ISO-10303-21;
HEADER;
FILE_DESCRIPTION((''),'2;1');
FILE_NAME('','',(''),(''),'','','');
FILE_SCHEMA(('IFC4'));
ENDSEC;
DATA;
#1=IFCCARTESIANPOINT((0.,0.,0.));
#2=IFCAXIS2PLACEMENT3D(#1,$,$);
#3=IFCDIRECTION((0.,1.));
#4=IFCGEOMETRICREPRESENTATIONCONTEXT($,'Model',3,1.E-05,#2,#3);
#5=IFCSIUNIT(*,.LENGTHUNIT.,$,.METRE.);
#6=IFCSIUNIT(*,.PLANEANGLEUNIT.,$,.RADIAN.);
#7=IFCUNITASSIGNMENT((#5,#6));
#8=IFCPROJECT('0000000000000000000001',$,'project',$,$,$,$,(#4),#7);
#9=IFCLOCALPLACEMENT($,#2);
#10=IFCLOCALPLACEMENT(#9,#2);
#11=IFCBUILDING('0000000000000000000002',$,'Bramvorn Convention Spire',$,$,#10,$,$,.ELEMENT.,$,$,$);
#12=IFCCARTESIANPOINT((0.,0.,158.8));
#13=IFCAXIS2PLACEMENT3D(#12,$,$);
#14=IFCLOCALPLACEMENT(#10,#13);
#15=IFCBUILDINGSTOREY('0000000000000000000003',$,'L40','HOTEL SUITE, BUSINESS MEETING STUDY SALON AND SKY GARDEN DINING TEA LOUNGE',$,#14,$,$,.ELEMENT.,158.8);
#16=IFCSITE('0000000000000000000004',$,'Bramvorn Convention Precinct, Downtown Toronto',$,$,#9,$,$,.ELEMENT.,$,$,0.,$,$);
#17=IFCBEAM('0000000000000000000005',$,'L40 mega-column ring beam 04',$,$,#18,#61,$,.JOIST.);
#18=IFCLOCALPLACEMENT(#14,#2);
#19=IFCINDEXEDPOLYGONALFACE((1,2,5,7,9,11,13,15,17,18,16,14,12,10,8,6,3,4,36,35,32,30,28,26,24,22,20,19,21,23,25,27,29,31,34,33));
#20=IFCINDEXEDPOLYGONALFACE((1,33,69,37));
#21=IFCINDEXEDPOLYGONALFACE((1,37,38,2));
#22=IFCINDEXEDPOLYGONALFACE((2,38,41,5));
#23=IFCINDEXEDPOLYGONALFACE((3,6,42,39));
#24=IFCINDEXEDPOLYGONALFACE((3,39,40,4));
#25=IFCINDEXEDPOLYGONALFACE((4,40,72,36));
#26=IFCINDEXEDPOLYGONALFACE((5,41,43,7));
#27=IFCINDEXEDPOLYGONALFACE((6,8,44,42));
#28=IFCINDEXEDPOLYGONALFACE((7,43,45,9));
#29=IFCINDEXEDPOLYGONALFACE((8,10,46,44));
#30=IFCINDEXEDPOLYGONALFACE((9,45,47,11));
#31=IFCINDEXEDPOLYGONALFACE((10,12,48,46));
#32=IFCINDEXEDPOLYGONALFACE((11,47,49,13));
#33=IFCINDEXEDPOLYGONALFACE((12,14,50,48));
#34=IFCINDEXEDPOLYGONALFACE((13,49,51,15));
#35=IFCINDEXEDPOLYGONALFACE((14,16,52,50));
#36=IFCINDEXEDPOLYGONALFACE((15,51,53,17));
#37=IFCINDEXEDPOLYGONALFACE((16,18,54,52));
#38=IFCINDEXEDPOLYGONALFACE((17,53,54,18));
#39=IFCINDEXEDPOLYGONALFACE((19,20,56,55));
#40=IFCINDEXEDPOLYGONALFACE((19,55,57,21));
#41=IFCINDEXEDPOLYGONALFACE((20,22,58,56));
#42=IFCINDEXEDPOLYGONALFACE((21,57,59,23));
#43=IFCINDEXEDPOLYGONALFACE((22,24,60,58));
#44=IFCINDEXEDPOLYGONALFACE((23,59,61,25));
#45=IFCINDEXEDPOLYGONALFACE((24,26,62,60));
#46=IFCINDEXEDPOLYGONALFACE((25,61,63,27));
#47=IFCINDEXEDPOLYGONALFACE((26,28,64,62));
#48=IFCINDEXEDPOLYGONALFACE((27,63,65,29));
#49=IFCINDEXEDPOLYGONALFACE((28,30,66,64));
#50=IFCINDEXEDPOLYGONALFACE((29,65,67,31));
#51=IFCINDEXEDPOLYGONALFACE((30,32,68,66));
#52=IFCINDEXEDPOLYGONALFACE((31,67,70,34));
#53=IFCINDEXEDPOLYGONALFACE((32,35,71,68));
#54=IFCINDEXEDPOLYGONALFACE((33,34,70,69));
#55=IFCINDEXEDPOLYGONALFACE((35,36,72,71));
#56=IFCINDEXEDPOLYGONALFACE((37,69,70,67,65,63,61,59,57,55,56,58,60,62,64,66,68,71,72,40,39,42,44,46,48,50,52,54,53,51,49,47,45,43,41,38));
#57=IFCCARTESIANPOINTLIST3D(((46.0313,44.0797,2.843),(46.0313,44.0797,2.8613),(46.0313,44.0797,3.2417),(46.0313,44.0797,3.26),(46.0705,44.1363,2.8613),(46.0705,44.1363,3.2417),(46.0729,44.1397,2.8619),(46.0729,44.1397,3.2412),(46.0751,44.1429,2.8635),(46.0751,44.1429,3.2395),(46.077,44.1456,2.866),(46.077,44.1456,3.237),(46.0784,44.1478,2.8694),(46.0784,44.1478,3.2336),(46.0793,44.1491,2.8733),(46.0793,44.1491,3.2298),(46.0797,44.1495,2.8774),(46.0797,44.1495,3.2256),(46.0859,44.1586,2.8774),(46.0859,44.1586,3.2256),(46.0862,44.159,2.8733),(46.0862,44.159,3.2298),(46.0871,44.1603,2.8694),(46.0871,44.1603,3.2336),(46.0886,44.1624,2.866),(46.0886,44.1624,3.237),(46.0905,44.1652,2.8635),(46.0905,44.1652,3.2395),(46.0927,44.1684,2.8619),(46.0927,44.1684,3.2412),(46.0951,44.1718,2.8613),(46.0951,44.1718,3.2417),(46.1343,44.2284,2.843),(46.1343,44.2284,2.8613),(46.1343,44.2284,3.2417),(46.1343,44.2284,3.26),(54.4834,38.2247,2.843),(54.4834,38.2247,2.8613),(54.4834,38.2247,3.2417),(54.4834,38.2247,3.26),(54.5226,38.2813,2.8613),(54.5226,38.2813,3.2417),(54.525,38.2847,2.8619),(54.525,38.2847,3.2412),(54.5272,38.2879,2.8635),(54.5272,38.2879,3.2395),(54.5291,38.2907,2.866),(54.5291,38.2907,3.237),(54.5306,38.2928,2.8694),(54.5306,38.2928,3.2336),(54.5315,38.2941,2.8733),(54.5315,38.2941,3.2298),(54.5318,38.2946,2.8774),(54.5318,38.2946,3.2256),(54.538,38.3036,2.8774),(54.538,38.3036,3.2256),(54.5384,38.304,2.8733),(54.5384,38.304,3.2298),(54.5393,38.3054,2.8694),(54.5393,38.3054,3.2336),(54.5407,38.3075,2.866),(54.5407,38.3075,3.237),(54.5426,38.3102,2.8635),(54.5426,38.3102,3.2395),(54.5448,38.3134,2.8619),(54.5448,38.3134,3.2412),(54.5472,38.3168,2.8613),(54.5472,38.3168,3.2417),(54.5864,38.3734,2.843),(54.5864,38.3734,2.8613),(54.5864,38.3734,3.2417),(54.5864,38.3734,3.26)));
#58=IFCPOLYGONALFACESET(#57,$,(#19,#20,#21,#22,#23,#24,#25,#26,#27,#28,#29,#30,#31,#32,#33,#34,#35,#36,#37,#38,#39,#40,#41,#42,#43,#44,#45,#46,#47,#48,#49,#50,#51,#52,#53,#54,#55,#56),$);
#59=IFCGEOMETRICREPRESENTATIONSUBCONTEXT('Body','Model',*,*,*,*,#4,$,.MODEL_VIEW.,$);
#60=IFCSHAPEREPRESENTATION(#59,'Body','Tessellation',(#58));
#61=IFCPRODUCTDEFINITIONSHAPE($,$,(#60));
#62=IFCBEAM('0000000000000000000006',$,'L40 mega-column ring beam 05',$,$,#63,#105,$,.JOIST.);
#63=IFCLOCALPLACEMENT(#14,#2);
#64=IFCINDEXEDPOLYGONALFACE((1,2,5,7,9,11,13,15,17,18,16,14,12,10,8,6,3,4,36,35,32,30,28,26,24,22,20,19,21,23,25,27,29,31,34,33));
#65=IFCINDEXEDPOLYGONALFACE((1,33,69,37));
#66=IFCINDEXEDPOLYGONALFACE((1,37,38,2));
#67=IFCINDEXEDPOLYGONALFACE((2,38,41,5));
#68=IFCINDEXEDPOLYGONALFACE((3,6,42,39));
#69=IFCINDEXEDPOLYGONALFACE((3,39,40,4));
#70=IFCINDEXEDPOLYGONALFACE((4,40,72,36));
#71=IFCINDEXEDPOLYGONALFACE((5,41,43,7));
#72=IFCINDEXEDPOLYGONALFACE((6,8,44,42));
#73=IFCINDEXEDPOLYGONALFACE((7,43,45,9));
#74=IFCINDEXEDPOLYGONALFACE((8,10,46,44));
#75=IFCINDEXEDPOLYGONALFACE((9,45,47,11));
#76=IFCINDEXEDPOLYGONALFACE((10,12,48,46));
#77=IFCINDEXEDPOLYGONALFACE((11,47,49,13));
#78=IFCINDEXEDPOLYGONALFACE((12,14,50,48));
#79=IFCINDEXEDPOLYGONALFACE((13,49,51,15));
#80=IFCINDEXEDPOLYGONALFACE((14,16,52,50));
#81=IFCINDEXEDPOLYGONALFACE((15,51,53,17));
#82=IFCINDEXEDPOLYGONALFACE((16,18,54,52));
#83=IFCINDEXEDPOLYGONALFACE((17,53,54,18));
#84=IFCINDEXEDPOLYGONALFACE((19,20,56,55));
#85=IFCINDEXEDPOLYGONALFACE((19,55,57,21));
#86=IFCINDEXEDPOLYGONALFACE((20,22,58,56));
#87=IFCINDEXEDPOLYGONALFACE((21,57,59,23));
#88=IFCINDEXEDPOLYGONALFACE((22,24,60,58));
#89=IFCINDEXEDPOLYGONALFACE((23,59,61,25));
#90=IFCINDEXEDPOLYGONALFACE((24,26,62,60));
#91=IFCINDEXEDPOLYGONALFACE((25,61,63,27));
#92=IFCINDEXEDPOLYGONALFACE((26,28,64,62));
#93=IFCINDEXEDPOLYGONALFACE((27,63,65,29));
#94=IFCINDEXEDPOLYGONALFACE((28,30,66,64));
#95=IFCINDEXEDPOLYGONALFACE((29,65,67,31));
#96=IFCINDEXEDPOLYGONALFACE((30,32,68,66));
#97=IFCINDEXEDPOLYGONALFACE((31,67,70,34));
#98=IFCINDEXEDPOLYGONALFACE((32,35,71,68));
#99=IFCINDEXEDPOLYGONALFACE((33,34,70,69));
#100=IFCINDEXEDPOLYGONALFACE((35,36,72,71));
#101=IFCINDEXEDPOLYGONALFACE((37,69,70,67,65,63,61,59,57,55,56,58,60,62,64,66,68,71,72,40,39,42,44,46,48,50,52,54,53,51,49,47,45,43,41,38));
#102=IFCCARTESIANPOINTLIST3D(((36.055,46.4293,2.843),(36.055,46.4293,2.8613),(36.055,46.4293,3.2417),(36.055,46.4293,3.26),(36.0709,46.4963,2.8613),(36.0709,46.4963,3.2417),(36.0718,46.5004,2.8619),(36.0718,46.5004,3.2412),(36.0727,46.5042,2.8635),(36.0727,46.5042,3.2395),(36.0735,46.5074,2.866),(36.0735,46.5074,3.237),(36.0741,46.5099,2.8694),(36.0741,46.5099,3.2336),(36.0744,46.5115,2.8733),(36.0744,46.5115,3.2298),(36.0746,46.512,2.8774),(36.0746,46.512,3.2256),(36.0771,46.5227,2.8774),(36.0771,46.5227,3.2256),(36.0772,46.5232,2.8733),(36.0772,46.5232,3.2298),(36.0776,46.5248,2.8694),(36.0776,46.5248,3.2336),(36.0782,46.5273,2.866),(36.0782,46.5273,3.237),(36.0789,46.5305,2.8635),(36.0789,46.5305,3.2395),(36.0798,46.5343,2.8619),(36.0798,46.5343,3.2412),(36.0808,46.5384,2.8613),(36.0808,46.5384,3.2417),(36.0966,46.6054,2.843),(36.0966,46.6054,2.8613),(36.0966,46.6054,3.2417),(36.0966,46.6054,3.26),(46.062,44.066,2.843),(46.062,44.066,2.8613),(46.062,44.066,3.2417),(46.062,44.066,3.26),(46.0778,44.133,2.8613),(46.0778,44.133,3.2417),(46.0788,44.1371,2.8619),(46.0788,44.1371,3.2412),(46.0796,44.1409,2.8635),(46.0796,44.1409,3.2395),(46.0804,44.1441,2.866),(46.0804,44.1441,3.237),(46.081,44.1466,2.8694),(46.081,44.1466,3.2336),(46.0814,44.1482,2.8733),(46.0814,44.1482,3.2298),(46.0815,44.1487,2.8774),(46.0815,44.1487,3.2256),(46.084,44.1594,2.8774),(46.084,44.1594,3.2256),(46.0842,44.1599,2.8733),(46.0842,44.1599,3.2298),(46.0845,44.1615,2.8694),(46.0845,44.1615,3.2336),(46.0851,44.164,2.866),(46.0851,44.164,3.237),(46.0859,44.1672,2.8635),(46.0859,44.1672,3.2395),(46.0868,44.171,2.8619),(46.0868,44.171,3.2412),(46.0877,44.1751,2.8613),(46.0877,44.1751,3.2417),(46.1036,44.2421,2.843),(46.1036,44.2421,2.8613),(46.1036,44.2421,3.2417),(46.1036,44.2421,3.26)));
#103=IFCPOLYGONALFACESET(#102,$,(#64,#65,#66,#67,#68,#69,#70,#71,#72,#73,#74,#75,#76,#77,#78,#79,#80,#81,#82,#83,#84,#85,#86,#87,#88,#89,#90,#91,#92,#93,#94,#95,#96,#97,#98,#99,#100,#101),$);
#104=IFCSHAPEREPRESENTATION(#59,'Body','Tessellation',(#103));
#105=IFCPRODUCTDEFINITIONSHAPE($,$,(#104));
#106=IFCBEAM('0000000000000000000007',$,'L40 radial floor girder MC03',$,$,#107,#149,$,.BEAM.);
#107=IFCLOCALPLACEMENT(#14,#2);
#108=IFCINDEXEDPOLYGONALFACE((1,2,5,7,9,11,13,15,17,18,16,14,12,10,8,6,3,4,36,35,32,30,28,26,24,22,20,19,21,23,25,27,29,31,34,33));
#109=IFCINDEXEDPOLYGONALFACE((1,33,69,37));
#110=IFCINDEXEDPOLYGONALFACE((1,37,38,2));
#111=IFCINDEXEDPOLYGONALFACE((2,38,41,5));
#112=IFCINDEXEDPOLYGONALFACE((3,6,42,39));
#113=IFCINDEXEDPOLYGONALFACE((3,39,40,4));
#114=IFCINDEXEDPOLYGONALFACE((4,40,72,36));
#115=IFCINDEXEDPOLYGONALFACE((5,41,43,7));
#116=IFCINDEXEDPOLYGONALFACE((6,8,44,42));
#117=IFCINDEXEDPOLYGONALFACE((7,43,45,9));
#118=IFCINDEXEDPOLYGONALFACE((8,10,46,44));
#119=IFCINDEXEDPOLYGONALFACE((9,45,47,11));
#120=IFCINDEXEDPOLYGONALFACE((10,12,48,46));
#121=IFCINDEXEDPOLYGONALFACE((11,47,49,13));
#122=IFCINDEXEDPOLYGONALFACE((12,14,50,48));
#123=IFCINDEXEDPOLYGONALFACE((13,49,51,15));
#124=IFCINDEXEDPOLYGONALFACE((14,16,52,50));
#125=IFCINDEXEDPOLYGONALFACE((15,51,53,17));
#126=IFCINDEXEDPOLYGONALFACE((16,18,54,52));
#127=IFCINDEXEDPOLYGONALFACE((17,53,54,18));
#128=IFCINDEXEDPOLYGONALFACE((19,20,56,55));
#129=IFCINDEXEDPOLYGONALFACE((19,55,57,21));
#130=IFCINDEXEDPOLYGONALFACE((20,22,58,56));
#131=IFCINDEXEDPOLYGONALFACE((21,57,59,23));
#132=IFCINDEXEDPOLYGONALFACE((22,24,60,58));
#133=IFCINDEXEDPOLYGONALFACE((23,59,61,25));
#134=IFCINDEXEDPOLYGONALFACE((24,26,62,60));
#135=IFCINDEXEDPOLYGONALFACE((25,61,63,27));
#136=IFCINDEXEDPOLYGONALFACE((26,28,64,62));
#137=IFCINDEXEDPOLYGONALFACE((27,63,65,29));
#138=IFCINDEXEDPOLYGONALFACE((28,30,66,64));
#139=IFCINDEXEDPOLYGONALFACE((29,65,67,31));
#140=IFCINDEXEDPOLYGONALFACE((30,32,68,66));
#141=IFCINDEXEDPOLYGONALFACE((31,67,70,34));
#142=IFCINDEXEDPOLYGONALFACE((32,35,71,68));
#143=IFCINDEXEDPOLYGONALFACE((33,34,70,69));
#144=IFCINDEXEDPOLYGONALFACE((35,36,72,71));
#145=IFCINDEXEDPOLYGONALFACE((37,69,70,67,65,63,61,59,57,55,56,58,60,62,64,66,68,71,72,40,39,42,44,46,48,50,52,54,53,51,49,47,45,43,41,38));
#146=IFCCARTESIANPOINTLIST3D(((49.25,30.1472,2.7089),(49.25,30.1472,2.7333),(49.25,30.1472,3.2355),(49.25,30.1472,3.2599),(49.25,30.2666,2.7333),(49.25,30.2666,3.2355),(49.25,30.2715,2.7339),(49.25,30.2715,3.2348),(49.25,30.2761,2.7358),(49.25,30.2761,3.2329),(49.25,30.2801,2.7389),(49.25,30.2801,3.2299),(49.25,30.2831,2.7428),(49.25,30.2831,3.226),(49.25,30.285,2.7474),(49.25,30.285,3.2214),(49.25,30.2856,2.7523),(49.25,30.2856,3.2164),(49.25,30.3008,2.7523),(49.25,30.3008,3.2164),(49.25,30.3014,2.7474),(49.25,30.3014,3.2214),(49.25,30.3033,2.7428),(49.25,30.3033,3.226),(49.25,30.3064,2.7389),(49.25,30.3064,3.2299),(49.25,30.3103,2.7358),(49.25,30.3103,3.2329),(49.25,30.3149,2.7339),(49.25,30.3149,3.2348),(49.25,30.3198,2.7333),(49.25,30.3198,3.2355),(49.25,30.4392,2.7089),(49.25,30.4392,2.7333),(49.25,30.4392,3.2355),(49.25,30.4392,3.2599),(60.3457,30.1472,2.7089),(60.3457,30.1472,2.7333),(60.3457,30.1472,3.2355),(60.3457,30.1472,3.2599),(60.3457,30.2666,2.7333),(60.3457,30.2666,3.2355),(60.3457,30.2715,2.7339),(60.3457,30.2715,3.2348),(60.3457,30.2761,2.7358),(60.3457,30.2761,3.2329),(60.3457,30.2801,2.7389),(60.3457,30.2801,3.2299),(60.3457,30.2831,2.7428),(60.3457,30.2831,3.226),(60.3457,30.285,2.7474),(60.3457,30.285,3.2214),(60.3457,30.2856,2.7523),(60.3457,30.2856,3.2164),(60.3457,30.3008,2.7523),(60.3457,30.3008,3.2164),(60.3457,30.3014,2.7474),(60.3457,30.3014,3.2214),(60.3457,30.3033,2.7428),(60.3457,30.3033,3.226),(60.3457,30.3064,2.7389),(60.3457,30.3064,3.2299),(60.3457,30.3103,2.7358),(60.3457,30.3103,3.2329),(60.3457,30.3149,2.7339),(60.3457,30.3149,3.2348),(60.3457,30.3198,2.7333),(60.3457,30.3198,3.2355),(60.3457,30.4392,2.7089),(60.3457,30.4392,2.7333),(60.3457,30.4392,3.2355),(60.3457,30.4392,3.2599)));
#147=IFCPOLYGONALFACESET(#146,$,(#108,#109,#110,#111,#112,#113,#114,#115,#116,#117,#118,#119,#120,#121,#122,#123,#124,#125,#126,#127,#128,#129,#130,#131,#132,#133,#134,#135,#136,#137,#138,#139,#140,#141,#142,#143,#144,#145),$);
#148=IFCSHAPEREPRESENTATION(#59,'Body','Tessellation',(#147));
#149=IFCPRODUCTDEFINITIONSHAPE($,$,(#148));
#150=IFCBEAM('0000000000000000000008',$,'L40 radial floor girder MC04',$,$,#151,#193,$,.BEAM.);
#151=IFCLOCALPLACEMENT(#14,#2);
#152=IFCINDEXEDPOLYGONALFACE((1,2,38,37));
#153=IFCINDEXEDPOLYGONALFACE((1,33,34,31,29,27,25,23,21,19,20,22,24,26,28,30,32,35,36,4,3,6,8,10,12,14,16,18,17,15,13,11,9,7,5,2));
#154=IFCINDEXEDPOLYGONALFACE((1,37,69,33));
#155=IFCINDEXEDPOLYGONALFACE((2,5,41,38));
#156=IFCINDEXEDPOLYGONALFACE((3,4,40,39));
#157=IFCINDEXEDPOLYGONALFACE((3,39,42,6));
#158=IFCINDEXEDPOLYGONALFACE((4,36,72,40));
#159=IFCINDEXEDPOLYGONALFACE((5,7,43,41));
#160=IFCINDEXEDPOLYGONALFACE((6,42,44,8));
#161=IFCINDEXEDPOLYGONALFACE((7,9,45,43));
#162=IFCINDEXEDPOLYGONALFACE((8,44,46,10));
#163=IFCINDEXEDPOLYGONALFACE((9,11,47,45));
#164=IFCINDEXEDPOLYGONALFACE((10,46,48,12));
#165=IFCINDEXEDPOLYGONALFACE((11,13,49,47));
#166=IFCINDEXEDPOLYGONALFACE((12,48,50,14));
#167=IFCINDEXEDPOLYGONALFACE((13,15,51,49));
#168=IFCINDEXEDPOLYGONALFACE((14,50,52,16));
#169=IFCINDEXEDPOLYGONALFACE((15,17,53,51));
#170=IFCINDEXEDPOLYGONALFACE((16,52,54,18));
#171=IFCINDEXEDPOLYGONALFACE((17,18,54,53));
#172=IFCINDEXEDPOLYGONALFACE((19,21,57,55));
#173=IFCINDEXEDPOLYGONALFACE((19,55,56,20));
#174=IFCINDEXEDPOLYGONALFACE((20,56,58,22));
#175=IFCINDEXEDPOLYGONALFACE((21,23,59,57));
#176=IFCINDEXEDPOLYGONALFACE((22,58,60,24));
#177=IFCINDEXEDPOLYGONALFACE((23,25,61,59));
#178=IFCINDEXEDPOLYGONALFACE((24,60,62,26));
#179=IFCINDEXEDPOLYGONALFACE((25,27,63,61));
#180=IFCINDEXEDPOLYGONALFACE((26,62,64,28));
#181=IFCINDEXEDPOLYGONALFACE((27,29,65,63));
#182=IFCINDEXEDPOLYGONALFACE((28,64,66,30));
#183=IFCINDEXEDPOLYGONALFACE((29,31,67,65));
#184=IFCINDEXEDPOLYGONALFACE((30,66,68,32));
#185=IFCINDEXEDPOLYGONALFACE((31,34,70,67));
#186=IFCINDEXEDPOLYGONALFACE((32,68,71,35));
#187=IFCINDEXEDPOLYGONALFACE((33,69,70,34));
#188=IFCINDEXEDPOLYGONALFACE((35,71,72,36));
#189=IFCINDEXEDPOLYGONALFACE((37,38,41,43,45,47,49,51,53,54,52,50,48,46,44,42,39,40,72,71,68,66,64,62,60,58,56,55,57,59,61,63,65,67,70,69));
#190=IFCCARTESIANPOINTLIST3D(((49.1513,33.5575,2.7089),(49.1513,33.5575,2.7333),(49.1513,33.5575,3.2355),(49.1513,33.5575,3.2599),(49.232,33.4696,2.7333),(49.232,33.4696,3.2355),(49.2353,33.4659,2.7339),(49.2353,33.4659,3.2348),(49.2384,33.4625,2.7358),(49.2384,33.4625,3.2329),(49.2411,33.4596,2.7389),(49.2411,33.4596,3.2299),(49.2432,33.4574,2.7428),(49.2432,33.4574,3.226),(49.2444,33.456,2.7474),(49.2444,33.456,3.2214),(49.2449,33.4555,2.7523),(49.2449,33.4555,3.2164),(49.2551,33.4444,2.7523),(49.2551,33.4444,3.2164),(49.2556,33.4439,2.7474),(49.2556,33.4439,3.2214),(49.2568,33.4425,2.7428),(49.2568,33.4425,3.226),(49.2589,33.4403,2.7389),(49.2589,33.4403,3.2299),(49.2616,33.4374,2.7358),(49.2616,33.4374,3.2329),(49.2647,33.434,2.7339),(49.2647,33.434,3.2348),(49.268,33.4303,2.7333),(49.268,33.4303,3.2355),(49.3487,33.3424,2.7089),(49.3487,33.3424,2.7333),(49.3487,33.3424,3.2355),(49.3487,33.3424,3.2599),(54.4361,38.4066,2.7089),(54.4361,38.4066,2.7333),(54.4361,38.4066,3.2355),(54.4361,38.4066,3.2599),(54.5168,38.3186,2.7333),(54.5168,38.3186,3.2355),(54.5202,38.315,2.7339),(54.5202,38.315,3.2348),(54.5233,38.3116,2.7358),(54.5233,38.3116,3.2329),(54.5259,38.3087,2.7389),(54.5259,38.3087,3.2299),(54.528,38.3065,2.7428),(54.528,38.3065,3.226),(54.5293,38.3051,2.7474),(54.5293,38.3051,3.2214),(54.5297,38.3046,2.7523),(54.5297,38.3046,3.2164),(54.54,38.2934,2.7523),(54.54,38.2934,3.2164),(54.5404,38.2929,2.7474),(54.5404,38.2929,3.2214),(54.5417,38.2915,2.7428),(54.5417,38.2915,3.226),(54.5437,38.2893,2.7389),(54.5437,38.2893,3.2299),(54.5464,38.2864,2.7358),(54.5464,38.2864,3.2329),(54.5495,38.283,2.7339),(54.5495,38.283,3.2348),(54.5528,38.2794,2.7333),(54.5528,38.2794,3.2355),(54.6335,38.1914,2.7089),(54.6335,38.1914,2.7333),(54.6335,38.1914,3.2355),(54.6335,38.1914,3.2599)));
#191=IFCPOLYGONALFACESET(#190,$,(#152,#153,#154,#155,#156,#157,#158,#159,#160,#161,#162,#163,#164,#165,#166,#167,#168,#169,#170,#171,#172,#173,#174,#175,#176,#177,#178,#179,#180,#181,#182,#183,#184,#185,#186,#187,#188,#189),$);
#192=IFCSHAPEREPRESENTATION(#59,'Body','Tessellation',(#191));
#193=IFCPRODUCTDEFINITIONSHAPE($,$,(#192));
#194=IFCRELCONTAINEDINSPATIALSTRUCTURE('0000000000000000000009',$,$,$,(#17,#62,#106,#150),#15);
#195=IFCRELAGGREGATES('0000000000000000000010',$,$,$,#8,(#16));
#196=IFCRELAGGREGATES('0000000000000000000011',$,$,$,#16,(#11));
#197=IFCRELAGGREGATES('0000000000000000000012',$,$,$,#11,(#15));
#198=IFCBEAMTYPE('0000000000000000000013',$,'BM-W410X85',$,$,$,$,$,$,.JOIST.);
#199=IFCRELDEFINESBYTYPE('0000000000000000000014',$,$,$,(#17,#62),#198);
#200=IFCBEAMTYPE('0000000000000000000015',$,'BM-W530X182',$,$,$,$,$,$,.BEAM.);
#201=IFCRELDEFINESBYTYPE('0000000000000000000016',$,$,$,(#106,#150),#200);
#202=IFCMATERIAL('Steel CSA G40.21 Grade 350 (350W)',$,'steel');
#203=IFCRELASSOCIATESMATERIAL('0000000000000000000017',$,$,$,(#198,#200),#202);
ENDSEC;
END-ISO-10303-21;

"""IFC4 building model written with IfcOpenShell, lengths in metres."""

from ifc_helpers import new_model, si_unit, direction, frame, origin, origin_2d, place, context, subcontext, project, spatial, i_section, extrude, material, material_profile, profile_set, type_object, element, save


model = new_model("IFC4")

# Units and contexts
model_context = context("Model", 3, precision=1e-05, world=origin(), true_north=direction((0.0, 1.0)))
body_context = subcontext(model_context, "Body", "Model", "MODEL_VIEW")
ifc_project = project(units=[si_unit("LENGTHUNIT", "METRE"), si_unit("PLANEANGLEUNIT", "RADIAN")], contexts=[model_context])

# Site, building, storey
site_placement = place(None, origin())
site = spatial("IfcSite", under=ifc_project, at=site_placement, Name="Bramvorn Convention Precinct, Downtown Toronto", CompositionType="ELEMENT", RefElevation=0.0)
building_placement = place(site_placement, origin())
building = spatial("IfcBuilding", under=site, at=building_placement, Name="Bramvorn Convention Spire", CompositionType="ELEMENT")
storey_placement = place(building_placement, frame((0.0, 0.0, 158.8)))
storey = spatial("IfcBuildingStorey", under=building, at=storey_placement, Name="L40", Description="HOTEL SUITE, BUSINESS MEETING STUDY SALON AND SKY GARDEN DINING TEA LOUNGE", CompositionType="ELEMENT", Elevation=158.8)

# Shared definitions
ifc_material_1 = material(Name="Steel CSA G40.21 Grade 350 (350W)", Category="steel")

# Beams
ifc_material_profile_1 = material_profile(ifc_material_1, i_section(OverallWidth=0.1809, OverallDepth=0.417, WebThickness=0.011, FlangeThickness=0.0183, FilletRadius=0.0161, at=origin_2d()))
ifc_profile_set_1 = profile_set([ifc_material_profile_1], Name="Steel CSA G40.21 Grade 350 (350W) - W410X85")
beam_type_1 = type_object("IfcBeamType", Name="BM-W410X85", PredefinedType="JOIST", material=ifc_profile_set_1)
beam_1_placement = place(storey_placement, frame((54.5349, 38.2991, 3.0515), z_axis=(-0.822033, 0.56944, 0.0), x_axis=(-0.56944, -0.822033, 0.0)))
element("IfcBeam", 1, at=beam_1_placement, inside=storey, type_object=beam_type_1, Name="L40 mega-column ring beam 04", PredefinedType="JOIST", context=body_context, shape_type="SweptSolid", body=[
    extrude(i_section(OverallWidth=0.1809, OverallDepth=0.417, WebThickness=0.011, FlangeThickness=0.0183, FilletRadius=0.0161, at=origin_2d()), origin(), (0.0, 0.0, 1.0), 10.282),
])
beam_2_placement = place(storey_placement, frame((46.0828, 44.1541, 3.0515), z_axis=(-0.973228, 0.229844, 0.0), x_axis=(-0.229844, -0.973228, 0.0)))
element("IfcBeam", 2, at=beam_2_placement, inside=storey, type_object=beam_type_1, Name="L40 mega-column ring beam 05", PredefinedType="JOIST", context=body_context, shape_type="SweptSolid", body=[
    extrude(i_section(OverallWidth=0.1809, OverallDepth=0.417, WebThickness=0.011, FlangeThickness=0.0183, FilletRadius=0.0161, at=origin_2d()), origin(), (0.0, 0.0, 1.0), 10.2822),
])
ifc_material_profile_2 = material_profile(ifc_material_1, i_section(OverallWidth=0.292, OverallDepth=0.551, WebThickness=0.0151, FlangeThickness=0.0244, FilletRadius=0.019, at=origin_2d()))
ifc_profile_set_2 = profile_set([ifc_material_profile_2], Name="Steel CSA G40.21 Grade 350 (350W) - W530X182")
beam_type_2 = type_object("IfcBeamType", Name="BM-W530X182", PredefinedType="BEAM", material=ifc_profile_set_2)
beam_3_placement = place(storey_placement, frame((49.25, 30.2932, 2.9844), z_axis=(1.0, 0.0, 0.0), x_axis=(0.0, 1.0, 0.0)))
element("IfcBeam", 3, at=beam_3_placement, inside=storey, type_object=beam_type_2, Name="L40 radial floor girder MC03", PredefinedType="BEAM", context=body_context, shape_type="SweptSolid", body=[
    extrude(i_section(OverallWidth=0.292, OverallDepth=0.551, WebThickness=0.0151, FlangeThickness=0.0244, FilletRadius=0.019, at=origin_2d()), origin(), (0.0, 0.0, 1.0), 11.0957),
])
beam_4_placement = place(storey_placement, frame((49.25, 33.45, 2.9844), z_axis=(0.736833, 0.676074, 0.0), x_axis=(-0.676074, 0.736833, 0.0)))
element("IfcBeam", 4, at=beam_4_placement, inside=storey, type_object=beam_type_2, Name="L40 radial floor girder MC04", PredefinedType="BEAM", context=body_context, shape_type="SweptSolid", body=[
    extrude(i_section(OverallWidth=0.292, OverallDepth=0.551, WebThickness=0.0151, FlangeThickness=0.0244, FilletRadius=0.019, at=origin_2d()), origin(), (0.0, 0.0, 1.0), 7.1724),
])

save(model, "model.ifc")
